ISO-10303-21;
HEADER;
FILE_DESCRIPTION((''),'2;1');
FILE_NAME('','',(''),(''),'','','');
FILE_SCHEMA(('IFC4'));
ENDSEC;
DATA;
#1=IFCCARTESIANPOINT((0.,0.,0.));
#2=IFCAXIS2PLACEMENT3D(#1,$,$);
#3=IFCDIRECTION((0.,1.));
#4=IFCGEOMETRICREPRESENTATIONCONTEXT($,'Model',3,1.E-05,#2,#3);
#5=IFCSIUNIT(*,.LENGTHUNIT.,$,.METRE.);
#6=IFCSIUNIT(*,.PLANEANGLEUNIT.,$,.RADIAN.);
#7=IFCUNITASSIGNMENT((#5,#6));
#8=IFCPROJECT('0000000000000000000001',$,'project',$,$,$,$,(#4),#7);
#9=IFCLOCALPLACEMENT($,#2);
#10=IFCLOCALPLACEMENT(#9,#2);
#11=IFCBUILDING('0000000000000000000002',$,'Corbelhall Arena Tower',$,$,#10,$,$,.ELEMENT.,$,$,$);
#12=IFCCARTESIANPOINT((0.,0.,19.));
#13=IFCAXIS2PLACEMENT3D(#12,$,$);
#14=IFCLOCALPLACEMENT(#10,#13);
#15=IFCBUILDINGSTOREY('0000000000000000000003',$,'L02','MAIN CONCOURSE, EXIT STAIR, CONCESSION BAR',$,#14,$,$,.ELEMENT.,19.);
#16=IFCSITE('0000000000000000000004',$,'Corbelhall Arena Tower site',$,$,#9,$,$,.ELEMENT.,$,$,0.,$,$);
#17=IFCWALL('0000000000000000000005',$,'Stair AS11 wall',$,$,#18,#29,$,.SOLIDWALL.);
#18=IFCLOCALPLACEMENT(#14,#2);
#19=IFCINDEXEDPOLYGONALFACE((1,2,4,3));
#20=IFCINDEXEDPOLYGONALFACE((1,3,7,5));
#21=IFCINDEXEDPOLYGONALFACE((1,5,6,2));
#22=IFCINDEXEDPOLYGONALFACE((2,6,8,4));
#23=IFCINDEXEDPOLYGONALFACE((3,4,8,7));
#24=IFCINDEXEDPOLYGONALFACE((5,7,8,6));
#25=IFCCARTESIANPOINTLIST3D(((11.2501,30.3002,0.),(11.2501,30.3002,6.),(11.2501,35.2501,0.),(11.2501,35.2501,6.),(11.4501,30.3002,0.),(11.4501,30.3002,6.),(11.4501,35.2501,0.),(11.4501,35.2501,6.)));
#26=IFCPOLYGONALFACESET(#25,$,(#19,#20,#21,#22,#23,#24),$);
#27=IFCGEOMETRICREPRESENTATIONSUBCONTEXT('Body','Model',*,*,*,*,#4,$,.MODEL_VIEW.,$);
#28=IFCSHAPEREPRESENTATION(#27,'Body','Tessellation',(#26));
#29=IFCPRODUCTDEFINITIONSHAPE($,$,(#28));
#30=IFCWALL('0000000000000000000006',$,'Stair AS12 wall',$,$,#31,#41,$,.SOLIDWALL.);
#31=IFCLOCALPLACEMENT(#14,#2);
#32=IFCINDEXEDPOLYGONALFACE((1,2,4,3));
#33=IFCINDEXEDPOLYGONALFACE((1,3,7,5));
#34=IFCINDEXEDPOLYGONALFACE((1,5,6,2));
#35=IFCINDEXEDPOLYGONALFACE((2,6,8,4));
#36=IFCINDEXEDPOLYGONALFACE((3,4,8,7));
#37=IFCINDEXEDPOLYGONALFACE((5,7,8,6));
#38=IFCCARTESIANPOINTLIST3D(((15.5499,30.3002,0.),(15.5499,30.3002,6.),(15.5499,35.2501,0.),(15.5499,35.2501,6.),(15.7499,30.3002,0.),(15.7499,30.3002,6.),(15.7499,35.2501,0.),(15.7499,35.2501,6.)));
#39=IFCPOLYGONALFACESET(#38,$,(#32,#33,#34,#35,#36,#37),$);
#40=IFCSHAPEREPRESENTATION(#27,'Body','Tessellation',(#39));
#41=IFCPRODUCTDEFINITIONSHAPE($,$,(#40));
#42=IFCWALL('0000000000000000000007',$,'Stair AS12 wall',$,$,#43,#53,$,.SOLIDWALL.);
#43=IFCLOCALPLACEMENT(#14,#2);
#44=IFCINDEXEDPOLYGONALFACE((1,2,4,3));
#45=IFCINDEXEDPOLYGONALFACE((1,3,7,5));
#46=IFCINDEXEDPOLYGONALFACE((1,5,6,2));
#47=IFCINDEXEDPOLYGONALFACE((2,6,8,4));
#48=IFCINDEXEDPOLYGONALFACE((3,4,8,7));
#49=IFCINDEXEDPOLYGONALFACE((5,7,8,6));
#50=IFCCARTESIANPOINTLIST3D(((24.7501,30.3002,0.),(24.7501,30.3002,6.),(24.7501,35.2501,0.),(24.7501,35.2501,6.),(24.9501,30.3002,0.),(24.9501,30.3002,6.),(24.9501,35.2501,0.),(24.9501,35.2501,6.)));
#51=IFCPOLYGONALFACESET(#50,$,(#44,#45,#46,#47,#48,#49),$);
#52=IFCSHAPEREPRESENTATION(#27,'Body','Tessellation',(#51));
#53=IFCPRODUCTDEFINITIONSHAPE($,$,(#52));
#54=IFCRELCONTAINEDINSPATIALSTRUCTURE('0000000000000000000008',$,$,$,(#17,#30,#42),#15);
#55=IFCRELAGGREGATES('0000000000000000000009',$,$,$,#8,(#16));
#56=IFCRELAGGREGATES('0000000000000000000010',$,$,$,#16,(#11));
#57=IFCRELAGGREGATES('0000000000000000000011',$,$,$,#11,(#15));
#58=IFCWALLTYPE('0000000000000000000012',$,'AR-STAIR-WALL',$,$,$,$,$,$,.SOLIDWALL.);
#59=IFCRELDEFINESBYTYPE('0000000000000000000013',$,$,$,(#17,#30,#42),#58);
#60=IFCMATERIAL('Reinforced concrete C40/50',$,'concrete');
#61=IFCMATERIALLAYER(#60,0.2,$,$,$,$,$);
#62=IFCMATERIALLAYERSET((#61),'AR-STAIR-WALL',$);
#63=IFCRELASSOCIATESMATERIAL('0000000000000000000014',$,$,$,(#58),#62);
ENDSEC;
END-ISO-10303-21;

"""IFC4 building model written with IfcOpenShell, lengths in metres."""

from ifc_helpers import new_model, si_unit, direction, frame, frame_2d, origin, place, context, subcontext, project, spatial, rectangle, extrude, material, layer, layer_set, type_object, element, save


model = new_model("IFC4")

# Units and contexts
model_context = context("Model", 3, precision=1e-05, world=origin(), true_north=direction((0.0, 1.0)))
body_context = subcontext(model_context, "Body", "Model", "MODEL_VIEW")
ifc_project = project(units=[si_unit("LENGTHUNIT", "METRE"), si_unit("PLANEANGLEUNIT", "RADIAN")], contexts=[model_context])

# Site, building, storey
site_placement = place(None, origin())
site = spatial("IfcSite", under=ifc_project, at=site_placement, Name="Corbelhall Arena Tower site", CompositionType="ELEMENT", RefElevation=0.0)
building_placement = place(site_placement, origin())
building = spatial("IfcBuilding", under=site, at=building_placement, Name="Corbelhall Arena Tower", CompositionType="ELEMENT")
storey_placement = place(building_placement, frame((0.0, 0.0, 19.0)))
storey = spatial("IfcBuildingStorey", under=building, at=storey_placement, Name="L02", Description="MAIN CONCOURSE, EXIT STAIR, CONCESSION BAR", CompositionType="ELEMENT", Elevation=19.0)

# Shared definitions
ifc_material_1 = material(Name="Reinforced concrete C40/50", Category="concrete")

# Shared definitions
ifc_layer_1 = layer(ifc_material_1, 0.2)
ifc_layer_set_1 = layer_set([ifc_layer_1], Name="AR-STAIR-WALL")
wall_type_1 = type_object("IfcWallType", Name="AR-STAIR-WALL", PredefinedType="SOLIDWALL", material=ifc_layer_set_1)

# Wall
for number, where, z_axis, x_axis, name in (
    (1, (11.3501, 30.3, 0.0), (0.0, 0.0, 1.0), (0.0, 1.0, 0.0), "Stair AS11 wall"),
):
    element("IfcWall", number, at=place(storey_placement, frame(where, z_axis=z_axis, x_axis=x_axis)), inside=storey, type_object=wall_type_1, Name=name, PredefinedType="SOLIDWALL", context=body_context, shape_type="SweptSolid", body=[
        extrude(rectangle(XDim=4.95, YDim=0.2, at=frame_2d((2.4751, 0.0))), origin(), (0.0, 0.0, 1.0), 6.0),
    ])

# Walls
for number, where, z_axis, x_axis, name in (
    (2, (15.6499, 30.3, 0.0), (0.0, 0.0, 1.0), (0.0, 1.0, 0.0), "Stair AS12 wall"),
    (3, (24.8501, 30.3, 0.0), (0.0, 0.0, 1.0), (0.0, 1.0, 0.0), "Stair AS12 wall"),
):
    element("IfcWall", number, at=place(storey_placement, frame(where, z_axis=z_axis, x_axis=x_axis)), inside=storey, type_object=wall_type_1, Name=name, PredefinedType="SOLIDWALL", context=body_context, shape_type="SweptSolid", body=[
        extrude(rectangle(XDim=4.95, YDim=0.2, at=frame_2d((2.4751, 0.0))), origin(), (0.0, 0.0, 1.0), 6.0),
    ])

save(model, "model.ifc")
